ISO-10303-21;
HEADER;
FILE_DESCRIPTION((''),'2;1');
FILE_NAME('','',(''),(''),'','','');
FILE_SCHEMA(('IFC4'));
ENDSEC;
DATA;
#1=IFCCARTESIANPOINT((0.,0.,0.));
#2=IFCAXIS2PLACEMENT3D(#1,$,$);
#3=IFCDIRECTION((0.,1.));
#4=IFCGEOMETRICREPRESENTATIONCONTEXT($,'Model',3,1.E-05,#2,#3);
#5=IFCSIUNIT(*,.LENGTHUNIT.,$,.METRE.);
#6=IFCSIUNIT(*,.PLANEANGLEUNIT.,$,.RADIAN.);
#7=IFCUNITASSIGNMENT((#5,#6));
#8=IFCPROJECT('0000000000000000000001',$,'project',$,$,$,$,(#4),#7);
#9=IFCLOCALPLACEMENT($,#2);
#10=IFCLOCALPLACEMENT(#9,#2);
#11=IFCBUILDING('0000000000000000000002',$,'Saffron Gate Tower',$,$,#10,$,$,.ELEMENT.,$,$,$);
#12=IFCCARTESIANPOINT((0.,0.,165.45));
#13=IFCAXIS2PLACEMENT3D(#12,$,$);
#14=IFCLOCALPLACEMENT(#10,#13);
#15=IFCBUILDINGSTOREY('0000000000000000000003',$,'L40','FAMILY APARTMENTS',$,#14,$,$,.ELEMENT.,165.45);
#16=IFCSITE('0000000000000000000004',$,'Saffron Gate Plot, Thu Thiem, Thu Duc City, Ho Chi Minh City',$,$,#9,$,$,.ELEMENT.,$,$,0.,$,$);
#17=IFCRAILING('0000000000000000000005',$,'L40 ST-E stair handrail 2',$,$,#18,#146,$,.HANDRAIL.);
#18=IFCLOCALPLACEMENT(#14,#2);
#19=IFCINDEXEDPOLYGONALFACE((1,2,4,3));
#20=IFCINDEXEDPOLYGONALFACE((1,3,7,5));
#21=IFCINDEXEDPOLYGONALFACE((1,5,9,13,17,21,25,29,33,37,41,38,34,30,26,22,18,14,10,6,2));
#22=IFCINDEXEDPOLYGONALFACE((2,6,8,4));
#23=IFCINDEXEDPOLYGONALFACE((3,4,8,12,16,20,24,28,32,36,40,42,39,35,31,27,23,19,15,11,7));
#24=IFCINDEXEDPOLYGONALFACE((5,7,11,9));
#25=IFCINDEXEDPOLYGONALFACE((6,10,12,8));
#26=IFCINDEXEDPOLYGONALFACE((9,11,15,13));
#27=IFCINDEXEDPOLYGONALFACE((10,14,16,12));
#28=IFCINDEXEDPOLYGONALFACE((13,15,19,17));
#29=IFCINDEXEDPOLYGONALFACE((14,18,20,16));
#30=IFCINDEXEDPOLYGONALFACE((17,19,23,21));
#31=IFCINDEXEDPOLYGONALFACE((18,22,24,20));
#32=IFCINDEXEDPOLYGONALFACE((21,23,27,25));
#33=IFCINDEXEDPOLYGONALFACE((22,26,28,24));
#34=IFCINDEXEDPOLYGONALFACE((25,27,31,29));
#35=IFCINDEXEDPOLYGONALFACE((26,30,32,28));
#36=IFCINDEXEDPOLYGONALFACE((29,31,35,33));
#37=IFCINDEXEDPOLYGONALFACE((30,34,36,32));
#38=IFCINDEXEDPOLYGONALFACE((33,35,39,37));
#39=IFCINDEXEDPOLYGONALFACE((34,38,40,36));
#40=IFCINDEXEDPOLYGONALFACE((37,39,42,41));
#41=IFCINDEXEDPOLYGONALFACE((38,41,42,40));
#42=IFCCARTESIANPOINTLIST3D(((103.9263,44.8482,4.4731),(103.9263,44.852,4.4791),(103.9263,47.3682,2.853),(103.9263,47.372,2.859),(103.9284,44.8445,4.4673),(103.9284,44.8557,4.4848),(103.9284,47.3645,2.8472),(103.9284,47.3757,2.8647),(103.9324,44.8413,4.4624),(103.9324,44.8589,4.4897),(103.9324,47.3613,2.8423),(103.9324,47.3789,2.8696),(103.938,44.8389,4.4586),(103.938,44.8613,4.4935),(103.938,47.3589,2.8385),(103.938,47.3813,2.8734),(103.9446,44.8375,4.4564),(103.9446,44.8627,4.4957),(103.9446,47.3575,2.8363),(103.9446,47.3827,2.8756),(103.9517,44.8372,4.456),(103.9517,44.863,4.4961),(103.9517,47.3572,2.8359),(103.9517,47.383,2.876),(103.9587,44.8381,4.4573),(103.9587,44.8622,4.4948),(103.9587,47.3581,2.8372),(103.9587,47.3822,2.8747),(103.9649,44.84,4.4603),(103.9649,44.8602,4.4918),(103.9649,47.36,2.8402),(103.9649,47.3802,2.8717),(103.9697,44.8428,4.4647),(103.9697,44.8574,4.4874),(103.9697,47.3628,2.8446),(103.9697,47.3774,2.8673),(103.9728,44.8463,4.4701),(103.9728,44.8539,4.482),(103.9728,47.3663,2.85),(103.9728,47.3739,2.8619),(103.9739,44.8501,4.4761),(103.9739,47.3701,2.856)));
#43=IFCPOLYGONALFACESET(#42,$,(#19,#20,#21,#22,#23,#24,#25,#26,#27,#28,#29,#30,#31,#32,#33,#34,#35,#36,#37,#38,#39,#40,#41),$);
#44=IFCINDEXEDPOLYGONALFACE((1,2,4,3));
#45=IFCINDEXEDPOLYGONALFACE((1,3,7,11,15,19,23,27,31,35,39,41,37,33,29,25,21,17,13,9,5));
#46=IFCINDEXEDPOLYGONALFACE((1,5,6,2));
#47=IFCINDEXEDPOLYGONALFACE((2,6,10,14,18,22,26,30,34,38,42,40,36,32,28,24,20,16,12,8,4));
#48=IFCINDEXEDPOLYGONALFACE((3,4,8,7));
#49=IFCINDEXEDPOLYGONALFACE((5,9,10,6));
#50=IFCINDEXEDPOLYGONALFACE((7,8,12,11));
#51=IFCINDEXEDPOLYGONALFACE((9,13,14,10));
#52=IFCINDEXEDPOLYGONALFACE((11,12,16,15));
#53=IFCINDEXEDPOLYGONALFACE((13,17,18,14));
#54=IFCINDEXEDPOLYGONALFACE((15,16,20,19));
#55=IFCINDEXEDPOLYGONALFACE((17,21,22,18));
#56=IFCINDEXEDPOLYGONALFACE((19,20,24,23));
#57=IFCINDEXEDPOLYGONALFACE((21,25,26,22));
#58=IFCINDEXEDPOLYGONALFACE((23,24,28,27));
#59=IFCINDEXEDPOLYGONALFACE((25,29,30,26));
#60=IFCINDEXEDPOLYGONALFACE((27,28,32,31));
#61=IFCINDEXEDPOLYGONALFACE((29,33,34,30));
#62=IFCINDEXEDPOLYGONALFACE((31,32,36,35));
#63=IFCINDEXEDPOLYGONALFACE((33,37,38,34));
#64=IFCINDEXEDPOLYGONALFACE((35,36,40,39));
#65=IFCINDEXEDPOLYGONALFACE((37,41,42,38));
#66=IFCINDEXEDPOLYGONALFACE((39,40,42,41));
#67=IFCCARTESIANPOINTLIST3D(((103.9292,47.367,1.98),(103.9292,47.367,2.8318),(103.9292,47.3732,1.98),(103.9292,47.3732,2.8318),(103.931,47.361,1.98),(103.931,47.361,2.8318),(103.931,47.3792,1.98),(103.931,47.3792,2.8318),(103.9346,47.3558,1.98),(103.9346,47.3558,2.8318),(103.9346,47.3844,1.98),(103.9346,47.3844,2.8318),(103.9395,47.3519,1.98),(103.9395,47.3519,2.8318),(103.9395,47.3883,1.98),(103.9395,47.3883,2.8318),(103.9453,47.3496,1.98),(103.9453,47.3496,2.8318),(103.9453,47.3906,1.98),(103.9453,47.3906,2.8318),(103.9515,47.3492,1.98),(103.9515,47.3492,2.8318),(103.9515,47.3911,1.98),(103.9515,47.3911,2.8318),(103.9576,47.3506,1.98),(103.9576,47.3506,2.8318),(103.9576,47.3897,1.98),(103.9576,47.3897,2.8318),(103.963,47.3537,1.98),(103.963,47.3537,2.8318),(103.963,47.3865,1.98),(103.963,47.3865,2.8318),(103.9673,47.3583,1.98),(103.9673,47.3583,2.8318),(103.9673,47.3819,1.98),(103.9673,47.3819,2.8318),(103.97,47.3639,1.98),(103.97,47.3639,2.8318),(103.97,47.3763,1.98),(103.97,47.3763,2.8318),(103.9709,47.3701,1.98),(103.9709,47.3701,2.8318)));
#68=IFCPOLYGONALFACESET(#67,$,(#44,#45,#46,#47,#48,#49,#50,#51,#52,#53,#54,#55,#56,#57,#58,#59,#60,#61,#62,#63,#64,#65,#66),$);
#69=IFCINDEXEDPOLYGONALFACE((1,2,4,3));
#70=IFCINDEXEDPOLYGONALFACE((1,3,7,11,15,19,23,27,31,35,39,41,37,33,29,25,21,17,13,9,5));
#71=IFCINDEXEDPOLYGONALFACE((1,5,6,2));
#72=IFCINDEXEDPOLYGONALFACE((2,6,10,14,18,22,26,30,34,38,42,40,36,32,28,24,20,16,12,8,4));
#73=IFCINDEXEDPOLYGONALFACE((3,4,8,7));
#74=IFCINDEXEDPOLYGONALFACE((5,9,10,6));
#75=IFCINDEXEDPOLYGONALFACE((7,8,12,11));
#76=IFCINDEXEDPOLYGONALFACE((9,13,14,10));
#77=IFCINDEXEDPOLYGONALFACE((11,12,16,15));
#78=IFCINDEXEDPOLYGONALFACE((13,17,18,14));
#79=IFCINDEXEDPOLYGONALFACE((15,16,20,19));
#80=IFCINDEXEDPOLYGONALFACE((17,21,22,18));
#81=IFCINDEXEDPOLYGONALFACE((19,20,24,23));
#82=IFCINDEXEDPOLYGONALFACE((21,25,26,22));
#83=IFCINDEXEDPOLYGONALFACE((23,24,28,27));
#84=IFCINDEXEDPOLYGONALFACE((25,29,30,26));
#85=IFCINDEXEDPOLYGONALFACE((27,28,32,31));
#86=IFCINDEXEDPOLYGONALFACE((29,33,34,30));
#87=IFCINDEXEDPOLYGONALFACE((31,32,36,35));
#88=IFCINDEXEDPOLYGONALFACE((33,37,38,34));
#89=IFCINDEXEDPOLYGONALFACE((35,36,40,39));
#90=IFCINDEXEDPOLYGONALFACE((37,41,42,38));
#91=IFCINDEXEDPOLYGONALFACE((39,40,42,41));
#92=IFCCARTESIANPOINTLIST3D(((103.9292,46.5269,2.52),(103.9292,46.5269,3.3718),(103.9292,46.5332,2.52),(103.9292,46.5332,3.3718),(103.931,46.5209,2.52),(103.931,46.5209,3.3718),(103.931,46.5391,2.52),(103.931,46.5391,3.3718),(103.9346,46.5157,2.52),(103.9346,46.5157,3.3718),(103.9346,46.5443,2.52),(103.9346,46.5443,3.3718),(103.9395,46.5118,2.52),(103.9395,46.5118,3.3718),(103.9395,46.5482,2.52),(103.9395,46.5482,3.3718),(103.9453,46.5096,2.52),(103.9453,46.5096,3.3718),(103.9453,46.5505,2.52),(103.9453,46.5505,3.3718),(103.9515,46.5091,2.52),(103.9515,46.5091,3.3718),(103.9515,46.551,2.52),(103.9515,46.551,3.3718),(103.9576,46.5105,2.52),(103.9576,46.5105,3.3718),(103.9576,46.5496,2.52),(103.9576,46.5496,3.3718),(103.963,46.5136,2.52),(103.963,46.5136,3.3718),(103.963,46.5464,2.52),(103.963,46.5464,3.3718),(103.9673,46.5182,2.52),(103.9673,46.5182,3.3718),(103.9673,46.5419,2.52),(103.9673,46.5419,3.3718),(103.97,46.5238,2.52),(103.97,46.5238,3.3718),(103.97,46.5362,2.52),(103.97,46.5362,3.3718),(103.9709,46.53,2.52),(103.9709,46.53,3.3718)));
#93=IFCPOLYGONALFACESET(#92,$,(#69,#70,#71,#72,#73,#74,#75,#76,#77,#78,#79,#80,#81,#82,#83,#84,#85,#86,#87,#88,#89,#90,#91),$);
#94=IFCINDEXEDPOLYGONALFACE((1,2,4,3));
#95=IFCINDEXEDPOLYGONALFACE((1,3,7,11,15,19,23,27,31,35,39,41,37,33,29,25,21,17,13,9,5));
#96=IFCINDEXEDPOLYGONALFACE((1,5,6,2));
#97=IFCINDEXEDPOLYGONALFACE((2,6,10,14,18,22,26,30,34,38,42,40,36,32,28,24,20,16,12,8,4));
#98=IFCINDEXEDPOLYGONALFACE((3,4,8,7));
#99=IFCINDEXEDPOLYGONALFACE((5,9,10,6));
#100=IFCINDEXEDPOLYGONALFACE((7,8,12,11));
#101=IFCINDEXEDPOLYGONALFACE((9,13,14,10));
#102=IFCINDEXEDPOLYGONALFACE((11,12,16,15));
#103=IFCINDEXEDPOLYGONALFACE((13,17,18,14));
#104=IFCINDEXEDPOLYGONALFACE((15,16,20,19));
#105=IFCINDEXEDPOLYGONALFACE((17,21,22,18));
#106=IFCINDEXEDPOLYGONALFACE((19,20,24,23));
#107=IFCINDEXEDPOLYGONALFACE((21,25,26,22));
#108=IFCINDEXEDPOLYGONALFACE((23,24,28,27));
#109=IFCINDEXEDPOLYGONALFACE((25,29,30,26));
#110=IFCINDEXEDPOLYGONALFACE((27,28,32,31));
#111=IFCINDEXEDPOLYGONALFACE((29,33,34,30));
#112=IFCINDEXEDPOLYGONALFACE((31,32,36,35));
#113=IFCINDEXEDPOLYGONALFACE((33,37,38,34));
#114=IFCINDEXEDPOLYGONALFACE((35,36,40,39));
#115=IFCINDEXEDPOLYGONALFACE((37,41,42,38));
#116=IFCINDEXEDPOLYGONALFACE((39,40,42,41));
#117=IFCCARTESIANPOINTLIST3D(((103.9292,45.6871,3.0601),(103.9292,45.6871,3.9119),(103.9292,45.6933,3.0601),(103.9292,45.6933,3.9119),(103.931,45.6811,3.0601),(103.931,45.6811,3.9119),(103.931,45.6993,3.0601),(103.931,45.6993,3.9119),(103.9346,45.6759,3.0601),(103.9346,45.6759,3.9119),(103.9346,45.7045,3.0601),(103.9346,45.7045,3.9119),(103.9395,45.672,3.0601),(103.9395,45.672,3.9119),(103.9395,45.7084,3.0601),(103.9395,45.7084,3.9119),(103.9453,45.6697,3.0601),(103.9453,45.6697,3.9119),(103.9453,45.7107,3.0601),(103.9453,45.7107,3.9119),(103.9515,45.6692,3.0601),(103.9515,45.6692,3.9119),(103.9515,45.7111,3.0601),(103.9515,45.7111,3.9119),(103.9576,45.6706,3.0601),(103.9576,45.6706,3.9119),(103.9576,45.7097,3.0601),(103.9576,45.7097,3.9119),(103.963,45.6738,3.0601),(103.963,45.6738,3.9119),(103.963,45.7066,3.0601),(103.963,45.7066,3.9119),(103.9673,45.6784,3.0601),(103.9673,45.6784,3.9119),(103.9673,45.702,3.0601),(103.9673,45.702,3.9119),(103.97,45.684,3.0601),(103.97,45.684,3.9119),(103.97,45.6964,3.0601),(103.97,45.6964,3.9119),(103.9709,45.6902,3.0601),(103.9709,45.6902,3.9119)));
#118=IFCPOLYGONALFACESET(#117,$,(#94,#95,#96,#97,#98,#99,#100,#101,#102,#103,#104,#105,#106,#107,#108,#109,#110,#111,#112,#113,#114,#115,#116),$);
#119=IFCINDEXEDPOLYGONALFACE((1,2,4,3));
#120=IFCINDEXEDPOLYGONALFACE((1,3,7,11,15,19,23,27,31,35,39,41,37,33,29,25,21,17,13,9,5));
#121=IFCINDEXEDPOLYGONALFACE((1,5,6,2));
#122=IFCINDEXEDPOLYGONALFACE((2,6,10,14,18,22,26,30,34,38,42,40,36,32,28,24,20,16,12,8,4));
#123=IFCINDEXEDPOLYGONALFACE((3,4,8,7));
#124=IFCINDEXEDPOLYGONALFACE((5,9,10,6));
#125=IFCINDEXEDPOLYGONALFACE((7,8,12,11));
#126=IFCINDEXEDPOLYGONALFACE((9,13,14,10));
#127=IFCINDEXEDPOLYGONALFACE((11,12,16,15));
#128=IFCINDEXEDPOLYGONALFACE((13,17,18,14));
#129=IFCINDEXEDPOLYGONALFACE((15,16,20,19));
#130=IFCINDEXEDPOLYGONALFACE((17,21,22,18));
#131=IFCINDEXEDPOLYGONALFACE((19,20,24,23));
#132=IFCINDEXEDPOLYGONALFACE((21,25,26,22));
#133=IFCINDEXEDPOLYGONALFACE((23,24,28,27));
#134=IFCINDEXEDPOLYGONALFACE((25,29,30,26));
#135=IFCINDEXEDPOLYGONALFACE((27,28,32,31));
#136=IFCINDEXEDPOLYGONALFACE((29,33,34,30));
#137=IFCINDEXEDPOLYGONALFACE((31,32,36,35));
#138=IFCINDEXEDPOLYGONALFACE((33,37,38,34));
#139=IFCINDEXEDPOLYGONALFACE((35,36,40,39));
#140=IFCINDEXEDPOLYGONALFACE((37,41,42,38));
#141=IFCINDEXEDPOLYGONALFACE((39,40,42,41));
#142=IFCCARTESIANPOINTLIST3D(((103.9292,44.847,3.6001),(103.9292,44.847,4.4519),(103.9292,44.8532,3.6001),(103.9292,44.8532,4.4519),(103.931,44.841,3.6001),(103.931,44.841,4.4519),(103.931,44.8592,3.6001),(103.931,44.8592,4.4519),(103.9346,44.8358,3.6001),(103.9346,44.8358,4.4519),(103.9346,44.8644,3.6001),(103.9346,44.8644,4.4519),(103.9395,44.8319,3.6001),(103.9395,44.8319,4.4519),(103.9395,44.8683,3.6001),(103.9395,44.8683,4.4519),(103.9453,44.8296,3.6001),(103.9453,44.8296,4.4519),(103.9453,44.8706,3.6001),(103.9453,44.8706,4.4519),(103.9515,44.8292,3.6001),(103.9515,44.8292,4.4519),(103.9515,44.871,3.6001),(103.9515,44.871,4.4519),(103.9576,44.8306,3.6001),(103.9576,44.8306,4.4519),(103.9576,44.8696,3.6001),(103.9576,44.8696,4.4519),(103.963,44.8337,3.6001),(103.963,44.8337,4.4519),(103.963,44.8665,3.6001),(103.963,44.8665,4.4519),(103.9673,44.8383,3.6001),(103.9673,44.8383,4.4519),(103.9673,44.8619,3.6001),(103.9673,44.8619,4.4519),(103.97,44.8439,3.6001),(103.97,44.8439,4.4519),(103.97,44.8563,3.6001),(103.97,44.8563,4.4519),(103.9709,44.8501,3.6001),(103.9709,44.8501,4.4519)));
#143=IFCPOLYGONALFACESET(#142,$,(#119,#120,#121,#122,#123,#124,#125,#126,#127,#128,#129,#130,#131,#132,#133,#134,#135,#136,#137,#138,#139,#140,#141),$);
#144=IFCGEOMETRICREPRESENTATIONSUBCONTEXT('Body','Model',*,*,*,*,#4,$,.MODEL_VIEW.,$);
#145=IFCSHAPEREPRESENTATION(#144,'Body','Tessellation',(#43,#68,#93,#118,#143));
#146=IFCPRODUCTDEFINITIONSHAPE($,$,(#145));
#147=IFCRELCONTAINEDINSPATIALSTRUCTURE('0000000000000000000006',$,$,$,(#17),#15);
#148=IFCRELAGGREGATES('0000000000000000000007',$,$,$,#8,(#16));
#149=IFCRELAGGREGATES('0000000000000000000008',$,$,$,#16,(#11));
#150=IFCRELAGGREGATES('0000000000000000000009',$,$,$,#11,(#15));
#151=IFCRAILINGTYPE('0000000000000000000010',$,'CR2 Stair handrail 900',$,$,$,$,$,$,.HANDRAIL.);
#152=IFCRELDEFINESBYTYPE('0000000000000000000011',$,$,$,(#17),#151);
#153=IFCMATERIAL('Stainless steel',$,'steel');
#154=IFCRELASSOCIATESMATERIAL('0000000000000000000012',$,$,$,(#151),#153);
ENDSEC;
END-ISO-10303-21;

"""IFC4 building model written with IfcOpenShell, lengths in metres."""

from ifc_helpers import new_model, si_unit, direction, frame, origin, origin_2d, place, context, subcontext, project, spatial, circle, extrude, material, type_object, element, save


model = new_model("IFC4")

# Units and contexts
model_context = context("Model", 3, precision=1e-05, world=origin(), true_north=direction((0.0, 1.0)))
body_context = subcontext(model_context, "Body", "Model", "MODEL_VIEW")
ifc_project = project(units=[si_unit("LENGTHUNIT", "METRE"), si_unit("PLANEANGLEUNIT", "RADIAN")], contexts=[model_context])

# Site, building, storey
site_placement = place(None, origin())
site = spatial("IfcSite", under=ifc_project, at=site_placement, Name="Saffron Gate Plot, Thu Thiem, Thu Duc City, Ho Chi Minh City", CompositionType="ELEMENT", RefElevation=0.0)
building_placement = place(site_placement, origin())
building = spatial("IfcBuilding", under=site, at=building_placement, Name="Saffron Gate Tower", CompositionType="ELEMENT")
storey_placement = place(building_placement, frame((0.0, 0.0, 165.45)))
storey = spatial("IfcBuildingStorey", under=building, at=storey_placement, Name="L40", Description="FAMILY APARTMENTS", CompositionType="ELEMENT", Elevation=165.45)

# Railing
ifc_material_1 = material(Name="Stainless steel", Category="steel")
railing_type_1 = type_object("IfcRailingType", Name="CR2 Stair handrail 900", PredefinedType="HANDRAIL", material=ifc_material_1)
railing_1_placement = place(storey_placement, frame((103.95, 47.3701, 1.98)))
element("IfcRailing", 1, at=railing_1_placement, inside=storey, type_object=railing_type_1, Name="L40 ST-E stair handrail 2", PredefinedType="HANDRAIL", context=body_context, shape_type="SweptSolid", body=[
    extrude(circle(Radius=0.0239, at=origin_2d()), frame((0.0, 0.0, 0.876), z_axis=(0.0, -0.841163, 0.540782), x_axis=(1.0, 0.0, 0.0)), (0.0, 0.0, 1.0), 2.9958),
    extrude(circle(Radius=0.021, at=origin_2d()), origin(), (0.0, 0.0, 1.0), 0.8518),
    extrude(circle(Radius=0.021, at=origin_2d()), frame((0.0, -0.8401, 0.54)), (0.0, 0.0, 1.0), 0.8518),
    extrude(circle(Radius=0.021, at=origin_2d()), frame((0.0, -1.6799, 1.0801)), (0.0, 0.0, 1.0), 0.8518),
    extrude(circle(Radius=0.021, at=origin_2d()), frame((0.0, -2.52, 1.6201)), (0.0, 0.0, 1.0), 0.8518),
])

save(model, "model.ifc")
